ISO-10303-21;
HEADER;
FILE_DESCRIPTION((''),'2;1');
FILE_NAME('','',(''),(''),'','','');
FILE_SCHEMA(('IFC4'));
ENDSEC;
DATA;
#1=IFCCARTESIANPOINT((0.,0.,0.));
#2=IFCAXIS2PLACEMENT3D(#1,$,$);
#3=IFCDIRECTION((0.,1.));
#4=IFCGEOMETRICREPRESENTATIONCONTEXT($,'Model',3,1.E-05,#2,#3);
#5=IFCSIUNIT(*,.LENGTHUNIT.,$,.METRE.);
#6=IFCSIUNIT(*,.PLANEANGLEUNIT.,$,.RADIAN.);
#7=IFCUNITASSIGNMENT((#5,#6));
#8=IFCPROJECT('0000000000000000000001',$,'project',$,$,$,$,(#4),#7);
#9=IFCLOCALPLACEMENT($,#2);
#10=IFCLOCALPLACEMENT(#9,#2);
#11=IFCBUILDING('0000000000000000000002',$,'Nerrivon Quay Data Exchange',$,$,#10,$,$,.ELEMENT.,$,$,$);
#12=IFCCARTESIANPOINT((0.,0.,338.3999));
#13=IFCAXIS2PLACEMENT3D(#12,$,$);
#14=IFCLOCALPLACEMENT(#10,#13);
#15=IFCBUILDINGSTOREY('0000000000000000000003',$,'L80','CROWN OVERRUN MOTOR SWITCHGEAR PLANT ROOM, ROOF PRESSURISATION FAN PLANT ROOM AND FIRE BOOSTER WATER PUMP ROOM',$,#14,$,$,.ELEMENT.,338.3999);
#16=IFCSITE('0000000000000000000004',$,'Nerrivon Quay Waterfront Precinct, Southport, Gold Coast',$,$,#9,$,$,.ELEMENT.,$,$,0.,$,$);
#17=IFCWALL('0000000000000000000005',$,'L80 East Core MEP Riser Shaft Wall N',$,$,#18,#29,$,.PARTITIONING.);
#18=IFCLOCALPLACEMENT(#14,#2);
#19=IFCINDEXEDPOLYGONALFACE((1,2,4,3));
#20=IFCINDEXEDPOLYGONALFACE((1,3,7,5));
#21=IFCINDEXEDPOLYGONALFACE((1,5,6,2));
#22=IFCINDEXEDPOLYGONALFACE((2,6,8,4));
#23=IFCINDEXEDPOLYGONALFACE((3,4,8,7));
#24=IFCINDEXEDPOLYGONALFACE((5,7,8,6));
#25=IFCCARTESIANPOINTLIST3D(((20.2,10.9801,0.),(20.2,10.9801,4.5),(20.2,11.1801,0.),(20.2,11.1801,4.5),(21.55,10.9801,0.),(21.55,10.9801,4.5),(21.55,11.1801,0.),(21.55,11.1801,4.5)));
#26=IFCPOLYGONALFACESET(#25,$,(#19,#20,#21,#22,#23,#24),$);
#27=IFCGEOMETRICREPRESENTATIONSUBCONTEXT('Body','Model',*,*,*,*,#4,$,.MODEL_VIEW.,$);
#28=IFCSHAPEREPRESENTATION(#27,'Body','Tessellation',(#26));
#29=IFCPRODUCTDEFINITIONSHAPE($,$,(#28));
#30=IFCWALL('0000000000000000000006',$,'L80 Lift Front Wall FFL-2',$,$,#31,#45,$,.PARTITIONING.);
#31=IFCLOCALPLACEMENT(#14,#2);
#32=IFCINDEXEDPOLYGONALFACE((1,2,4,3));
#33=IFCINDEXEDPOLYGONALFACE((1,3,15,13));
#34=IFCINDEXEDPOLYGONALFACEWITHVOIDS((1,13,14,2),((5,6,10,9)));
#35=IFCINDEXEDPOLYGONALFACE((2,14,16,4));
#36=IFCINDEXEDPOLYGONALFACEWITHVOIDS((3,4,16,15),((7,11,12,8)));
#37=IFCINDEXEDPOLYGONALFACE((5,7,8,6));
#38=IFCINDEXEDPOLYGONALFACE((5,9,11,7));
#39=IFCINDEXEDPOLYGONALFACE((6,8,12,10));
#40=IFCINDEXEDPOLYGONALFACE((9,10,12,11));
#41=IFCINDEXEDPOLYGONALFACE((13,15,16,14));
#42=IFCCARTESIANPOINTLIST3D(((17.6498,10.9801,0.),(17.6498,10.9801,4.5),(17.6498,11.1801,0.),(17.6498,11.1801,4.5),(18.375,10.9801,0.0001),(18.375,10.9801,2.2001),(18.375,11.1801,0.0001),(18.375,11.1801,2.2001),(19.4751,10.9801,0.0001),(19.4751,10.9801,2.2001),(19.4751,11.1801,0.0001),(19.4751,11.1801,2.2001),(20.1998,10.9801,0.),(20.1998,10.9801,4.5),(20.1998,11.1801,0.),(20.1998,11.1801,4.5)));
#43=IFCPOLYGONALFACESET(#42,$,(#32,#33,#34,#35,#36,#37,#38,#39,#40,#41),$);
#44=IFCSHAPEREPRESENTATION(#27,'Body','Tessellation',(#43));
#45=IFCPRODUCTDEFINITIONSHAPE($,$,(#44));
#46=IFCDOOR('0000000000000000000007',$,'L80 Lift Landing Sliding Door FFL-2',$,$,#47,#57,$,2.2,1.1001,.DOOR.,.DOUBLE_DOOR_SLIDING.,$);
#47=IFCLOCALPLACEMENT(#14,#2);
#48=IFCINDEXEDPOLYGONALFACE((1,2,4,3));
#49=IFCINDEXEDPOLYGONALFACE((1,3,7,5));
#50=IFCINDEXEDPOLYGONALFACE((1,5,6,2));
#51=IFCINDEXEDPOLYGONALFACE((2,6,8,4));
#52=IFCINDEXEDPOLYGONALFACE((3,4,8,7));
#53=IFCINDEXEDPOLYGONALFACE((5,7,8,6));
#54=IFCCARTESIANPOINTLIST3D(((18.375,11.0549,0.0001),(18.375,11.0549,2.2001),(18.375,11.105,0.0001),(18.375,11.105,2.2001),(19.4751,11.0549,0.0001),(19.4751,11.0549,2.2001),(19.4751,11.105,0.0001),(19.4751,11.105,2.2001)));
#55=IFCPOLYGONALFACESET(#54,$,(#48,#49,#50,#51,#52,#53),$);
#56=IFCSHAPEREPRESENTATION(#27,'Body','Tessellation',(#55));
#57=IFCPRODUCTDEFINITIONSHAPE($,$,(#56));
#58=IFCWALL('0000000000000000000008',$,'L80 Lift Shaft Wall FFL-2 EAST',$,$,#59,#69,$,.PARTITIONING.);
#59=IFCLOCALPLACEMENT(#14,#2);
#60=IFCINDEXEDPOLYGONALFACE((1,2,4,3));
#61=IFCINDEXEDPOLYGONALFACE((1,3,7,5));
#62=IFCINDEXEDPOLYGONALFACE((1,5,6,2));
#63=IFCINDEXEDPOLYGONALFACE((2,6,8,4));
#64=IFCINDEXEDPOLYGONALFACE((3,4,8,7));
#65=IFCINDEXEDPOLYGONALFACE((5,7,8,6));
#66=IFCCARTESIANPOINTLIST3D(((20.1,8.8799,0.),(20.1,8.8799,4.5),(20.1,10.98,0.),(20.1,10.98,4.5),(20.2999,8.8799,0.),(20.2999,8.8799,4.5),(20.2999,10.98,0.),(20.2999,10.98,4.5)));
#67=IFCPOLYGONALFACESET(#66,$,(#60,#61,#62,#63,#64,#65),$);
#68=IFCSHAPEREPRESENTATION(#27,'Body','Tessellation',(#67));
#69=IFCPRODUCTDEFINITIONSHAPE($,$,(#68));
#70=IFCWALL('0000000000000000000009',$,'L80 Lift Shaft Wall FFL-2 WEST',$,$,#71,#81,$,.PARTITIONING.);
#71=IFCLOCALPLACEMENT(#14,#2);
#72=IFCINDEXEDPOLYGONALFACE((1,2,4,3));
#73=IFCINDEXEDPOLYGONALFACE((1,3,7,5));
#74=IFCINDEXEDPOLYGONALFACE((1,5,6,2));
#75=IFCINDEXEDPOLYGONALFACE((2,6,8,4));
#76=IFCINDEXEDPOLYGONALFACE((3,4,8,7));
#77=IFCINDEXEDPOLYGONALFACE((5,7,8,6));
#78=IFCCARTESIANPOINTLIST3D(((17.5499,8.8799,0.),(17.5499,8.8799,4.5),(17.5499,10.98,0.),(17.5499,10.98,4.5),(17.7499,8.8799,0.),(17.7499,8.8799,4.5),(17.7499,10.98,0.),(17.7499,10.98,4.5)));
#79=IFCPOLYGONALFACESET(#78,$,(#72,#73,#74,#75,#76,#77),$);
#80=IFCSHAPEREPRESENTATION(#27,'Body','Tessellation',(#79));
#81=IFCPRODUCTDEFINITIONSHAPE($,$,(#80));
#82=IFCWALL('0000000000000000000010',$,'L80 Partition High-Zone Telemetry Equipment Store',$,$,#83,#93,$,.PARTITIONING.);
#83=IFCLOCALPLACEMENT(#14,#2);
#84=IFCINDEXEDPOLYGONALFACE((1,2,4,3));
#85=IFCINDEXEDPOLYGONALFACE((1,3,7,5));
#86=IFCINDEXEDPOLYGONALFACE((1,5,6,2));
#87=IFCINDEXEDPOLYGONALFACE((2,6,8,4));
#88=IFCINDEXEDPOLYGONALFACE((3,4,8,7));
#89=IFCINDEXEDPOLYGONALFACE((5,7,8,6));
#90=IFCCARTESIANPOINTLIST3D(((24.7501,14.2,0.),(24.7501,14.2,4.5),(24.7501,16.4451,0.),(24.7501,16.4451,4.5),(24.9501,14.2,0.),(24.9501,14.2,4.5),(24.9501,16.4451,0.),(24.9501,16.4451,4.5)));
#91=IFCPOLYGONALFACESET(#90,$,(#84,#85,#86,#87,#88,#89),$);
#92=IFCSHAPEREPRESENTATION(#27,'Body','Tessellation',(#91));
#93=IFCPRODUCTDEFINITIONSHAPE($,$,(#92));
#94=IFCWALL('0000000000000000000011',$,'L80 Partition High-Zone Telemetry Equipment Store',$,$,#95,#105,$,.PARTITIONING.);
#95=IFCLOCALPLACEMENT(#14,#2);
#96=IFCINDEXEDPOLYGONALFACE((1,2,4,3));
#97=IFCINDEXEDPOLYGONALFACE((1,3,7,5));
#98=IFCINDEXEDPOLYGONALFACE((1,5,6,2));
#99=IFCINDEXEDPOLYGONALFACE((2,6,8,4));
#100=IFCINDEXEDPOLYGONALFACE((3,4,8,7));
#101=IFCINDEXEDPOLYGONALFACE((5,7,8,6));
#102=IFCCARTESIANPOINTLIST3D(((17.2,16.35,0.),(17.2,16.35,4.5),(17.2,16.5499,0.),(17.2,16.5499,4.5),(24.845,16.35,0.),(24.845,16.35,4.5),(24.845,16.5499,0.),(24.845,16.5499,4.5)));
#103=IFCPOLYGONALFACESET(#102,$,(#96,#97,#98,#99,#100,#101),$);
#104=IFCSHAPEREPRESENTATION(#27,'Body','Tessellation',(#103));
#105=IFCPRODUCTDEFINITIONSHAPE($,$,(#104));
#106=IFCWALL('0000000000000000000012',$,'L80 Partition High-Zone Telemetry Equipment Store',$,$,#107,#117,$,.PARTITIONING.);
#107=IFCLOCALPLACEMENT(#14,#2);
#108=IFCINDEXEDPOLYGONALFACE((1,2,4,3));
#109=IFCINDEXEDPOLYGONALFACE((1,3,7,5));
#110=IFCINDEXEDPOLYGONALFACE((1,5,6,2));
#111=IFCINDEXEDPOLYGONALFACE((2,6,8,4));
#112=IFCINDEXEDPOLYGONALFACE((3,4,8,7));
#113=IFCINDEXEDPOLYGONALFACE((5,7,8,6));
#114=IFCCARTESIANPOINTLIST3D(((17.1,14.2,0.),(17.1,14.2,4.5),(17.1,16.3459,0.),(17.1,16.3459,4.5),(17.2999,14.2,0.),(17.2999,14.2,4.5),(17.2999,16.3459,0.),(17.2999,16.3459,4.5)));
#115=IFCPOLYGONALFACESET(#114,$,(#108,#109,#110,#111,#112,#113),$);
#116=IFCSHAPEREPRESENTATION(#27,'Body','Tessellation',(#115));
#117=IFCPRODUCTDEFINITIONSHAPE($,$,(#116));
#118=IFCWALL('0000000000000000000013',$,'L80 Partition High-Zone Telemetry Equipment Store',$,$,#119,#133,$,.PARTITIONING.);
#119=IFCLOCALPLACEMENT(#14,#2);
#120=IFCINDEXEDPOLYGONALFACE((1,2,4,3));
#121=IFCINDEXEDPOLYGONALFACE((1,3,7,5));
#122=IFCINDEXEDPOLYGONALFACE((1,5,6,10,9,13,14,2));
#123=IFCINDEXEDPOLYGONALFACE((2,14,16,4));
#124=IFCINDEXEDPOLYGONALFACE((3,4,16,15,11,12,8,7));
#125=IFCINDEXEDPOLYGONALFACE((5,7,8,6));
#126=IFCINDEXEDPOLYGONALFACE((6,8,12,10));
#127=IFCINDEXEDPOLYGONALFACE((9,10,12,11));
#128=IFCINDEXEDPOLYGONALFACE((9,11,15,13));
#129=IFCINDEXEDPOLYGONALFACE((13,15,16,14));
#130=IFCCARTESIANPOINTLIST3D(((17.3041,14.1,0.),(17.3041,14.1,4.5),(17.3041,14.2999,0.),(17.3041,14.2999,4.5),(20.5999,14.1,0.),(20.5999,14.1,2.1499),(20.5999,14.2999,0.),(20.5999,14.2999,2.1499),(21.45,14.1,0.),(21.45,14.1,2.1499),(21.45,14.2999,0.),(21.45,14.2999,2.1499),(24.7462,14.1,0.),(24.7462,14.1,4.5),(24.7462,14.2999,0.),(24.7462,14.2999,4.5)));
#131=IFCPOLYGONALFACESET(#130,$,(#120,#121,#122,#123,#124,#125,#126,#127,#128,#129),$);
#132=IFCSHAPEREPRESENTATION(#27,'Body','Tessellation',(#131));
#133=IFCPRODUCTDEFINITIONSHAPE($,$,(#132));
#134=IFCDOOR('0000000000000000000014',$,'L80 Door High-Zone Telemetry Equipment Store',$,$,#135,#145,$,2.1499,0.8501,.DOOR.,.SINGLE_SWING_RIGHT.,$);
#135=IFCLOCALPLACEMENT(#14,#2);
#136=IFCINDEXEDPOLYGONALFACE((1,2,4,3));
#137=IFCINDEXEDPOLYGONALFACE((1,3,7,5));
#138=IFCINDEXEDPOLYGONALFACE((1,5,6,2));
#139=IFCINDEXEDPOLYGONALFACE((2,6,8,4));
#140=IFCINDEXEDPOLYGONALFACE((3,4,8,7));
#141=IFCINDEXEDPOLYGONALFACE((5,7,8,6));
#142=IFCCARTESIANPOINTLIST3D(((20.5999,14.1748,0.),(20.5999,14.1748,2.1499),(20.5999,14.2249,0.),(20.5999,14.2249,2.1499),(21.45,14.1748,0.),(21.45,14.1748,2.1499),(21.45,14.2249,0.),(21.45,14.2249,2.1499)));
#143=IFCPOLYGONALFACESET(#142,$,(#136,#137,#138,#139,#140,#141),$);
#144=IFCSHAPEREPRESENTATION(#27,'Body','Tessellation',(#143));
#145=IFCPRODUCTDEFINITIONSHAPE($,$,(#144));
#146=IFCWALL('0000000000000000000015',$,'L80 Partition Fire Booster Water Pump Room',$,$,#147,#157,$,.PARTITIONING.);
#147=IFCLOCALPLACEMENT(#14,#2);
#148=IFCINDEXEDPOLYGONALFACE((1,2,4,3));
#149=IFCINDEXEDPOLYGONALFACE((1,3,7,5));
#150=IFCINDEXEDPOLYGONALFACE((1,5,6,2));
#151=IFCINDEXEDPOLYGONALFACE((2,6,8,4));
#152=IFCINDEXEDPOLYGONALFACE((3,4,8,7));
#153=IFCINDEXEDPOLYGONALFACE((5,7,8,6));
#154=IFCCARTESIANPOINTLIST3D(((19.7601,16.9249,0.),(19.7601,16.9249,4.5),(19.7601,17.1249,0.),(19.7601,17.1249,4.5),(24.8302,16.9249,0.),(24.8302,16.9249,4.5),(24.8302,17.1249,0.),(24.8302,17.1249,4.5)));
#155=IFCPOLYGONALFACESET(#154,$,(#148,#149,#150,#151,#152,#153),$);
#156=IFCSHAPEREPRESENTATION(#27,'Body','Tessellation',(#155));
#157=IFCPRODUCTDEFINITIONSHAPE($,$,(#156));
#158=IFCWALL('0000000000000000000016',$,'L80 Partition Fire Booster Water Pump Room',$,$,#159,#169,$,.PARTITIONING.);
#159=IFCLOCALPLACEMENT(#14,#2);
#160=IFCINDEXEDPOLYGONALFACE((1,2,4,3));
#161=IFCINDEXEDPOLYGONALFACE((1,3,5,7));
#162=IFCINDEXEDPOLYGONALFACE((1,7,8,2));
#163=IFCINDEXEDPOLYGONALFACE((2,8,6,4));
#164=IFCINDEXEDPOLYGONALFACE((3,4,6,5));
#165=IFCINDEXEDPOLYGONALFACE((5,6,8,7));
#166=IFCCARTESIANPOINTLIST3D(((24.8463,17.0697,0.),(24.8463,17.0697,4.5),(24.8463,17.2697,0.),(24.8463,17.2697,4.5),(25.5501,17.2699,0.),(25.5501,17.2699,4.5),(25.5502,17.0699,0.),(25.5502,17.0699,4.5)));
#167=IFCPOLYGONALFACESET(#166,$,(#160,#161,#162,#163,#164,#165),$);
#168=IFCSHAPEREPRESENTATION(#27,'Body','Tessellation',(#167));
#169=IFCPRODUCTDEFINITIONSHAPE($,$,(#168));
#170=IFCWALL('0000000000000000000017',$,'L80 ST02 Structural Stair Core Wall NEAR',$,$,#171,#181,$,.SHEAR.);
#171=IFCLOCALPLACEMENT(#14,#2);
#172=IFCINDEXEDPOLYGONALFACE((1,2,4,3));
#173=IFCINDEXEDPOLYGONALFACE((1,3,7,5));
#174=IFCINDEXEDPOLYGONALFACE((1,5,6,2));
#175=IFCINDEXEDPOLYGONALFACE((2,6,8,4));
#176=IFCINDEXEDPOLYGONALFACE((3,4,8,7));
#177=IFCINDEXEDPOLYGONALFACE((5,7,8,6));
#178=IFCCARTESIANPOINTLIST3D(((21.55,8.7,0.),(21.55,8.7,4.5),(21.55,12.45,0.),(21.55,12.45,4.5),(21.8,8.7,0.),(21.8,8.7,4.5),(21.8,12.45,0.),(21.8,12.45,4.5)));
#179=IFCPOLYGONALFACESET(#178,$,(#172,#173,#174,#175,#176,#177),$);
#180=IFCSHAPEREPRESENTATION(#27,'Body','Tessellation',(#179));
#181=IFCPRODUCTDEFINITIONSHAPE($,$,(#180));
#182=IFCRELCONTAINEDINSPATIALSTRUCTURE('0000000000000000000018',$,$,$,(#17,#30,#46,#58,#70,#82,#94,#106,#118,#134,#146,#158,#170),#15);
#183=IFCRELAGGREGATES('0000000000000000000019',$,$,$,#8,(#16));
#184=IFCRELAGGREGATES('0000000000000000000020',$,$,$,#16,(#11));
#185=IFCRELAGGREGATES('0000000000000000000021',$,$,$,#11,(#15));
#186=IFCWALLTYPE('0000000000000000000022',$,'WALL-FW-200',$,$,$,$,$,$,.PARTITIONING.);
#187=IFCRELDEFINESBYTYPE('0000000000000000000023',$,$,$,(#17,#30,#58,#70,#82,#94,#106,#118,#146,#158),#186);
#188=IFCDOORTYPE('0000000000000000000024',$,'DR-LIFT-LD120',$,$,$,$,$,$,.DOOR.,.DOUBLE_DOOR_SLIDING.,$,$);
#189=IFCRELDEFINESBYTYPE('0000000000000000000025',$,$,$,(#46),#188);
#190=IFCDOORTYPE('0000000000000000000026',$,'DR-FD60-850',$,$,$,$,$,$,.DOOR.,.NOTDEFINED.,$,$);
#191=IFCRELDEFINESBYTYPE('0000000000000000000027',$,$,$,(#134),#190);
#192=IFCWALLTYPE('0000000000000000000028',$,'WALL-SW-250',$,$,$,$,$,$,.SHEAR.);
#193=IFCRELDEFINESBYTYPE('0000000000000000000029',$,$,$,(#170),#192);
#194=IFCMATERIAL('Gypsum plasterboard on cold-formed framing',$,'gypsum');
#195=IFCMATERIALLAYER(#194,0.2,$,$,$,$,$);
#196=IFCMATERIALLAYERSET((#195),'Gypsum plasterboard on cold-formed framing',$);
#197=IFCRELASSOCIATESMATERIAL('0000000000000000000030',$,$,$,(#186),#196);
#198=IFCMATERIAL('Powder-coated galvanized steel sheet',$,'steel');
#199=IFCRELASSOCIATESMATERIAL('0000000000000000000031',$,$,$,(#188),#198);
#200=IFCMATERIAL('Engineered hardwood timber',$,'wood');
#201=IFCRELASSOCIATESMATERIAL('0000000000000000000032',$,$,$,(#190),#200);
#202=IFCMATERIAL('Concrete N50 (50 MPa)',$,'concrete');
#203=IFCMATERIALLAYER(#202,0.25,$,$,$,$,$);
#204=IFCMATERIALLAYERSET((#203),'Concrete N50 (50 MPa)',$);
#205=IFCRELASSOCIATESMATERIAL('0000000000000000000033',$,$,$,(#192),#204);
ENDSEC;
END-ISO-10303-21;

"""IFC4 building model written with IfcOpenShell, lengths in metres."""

from ifc_helpers import new_model, si_unit, direction, frame, frame_2d, origin, place, context, subcontext, project, spatial, rectangle, extrude, material, layer, layer_set, type_object, element, fill, save


model = new_model("IFC4")

# Units and contexts
model_context = context("Model", 3, precision=1e-05, world=origin(), true_north=direction((0.0, 1.0)))
body_context = subcontext(model_context, "Body", "Model", "MODEL_VIEW")
ifc_project = project(units=[si_unit("LENGTHUNIT", "METRE"), si_unit("PLANEANGLEUNIT", "RADIAN")], contexts=[model_context])

# Site, building, storey
site_placement = place(None, origin())
site = spatial("IfcSite", under=ifc_project, at=site_placement, Name="Nerrivon Quay Waterfront Precinct, Southport, Gold Coast", CompositionType="ELEMENT", RefElevation=0.0)
building_placement = place(site_placement, origin())
building = spatial("IfcBuilding", under=site, at=building_placement, Name="Nerrivon Quay Data Exchange", CompositionType="ELEMENT")
storey_placement = place(building_placement, frame((0.0, 0.0, 338.3999)))
storey = spatial("IfcBuildingStorey", under=building, at=storey_placement, Name="L80", Description="CROWN OVERRUN MOTOR SWITCHGEAR PLANT ROOM, ROOF PRESSURISATION FAN PLANT ROOM AND FIRE BOOSTER WATER PUMP ROOM", CompositionType="ELEMENT", Elevation=338.3999)

# Wall
ifc_material_1 = material(Name="Gypsum plasterboard on cold-formed framing", Category="gypsum")
ifc_layer_1 = layer(ifc_material_1, 0.2)
ifc_layer_set_1 = layer_set([ifc_layer_1], Name="Gypsum plasterboard on cold-formed framing")
wall_type_1 = type_object("IfcWallType", Name="WALL-FW-200", PredefinedType="PARTITIONING", material=ifc_layer_set_1)
wall_1_placement = place(storey_placement, frame((20.2, 11.0801, 0.0), z_axis=(0.0, 0.0, 1.0), x_axis=(1.0, 0.0, 0.0)))
element("IfcWall", 1, at=wall_1_placement, inside=storey, type_object=wall_type_1, Name="L80 East Core MEP Riser Shaft Wall N", PredefinedType="PARTITIONING", context=body_context, shape_type="SweptSolid", body=[
    extrude(rectangle(XDim=1.3501, YDim=0.2, at=frame_2d((0.675, 0.0))), origin(), (0.0, 0.0, 1.0), 4.5),
])

# Wall, opening, door
wall_2_placement = place(storey_placement, frame((17.6499, 11.0801, 0.0), z_axis=(0.0, 0.0, 1.0), x_axis=(1.0, 0.0, 0.0)))
wall_2 = element("IfcWall", 2, at=wall_2_placement, inside=storey, type_object=wall_type_1, Name="L80 Lift Front Wall FFL-2", PredefinedType="PARTITIONING", context=body_context, shape_type="SweptSolid", body=[
    extrude(rectangle(XDim=2.55, YDim=0.2, at=frame_2d((1.2749, 0.0))), origin(), (0.0, 0.0, 1.0), 4.5),
])
opening_1_placement = place(wall_2_placement, frame((0.7251, 0.0, 0.0)))
opening_1 = element("IfcOpeningElement", 3, at=opening_1_placement, cuts=wall_2, PredefinedType="OPENING", context=body_context, shape_type="SweptSolid", body=[
    extrude(rectangle(XDim=1.1001, YDim=2.2, at=frame_2d((0.55, 1.1001))), frame((0.0, 0.1099, 0.0), z_axis=(0.0, -1.0, 0.0), x_axis=(1.0, 0.0, 0.0)), (0.0, 0.0, 1.0), 0.22),
])
ifc_material_2 = material(Name="Powder-coated galvanized steel sheet", Category="steel")
door_type_1 = type_object("IfcDoorType", Name="DR-LIFT-LD120", OperationType="DOUBLE_DOOR_SLIDING", PredefinedType="DOOR", material=ifc_material_2)
door_1_placement = place(opening_1_placement, origin())
door_1 = element("IfcDoor", 4, at=door_1_placement, inside=storey, type_object=door_type_1, Name="L80 Lift Landing Sliding Door FFL-2", OperationType="DOUBLE_DOOR_SLIDING", OverallHeight=2.2, OverallWidth=1.1001, PredefinedType="DOOR", context=body_context, shape_type="SweptSolid", body=[
    extrude(rectangle(XDim=1.1001, YDim=2.2, at=frame_2d((0.55, 1.1001))), frame((0.0, 0.0249, 0.0), z_axis=(0.0, -1.0, 0.0), x_axis=(1.0, 0.0, 0.0)), (0.0, 0.0, 1.0), 0.05),
])
fill(opening_1, door_1)

# Walls
for number, where, z_axis, x_axis, name in (
    (5, (20.2, 8.8799, 0.0), (0.0, 0.0, 1.0), (0.0, 1.0, 0.0), "L80 Lift Shaft Wall FFL-2 EAST"),
    (6, (17.6499, 8.8799, 0.0), (0.0, 0.0, 1.0), (0.0, 1.0, 0.0), "L80 Lift Shaft Wall FFL-2 WEST"),
):
    element("IfcWall", number, at=place(storey_placement, frame(where, z_axis=z_axis, x_axis=x_axis)), inside=storey, type_object=wall_type_1, Name=name, PredefinedType="PARTITIONING", context=body_context, shape_type="SweptSolid", body=[
        extrude(rectangle(XDim=2.1001, YDim=0.2, at=frame_2d((1.05, 0.0))), origin(), (0.0, 0.0, 1.0), 4.5),
    ])
wall_3_placement = place(storey_placement, frame((24.8501, 14.2, 0.0), z_axis=(0.0, 0.0, 1.0), x_axis=(0.0, 1.0, 0.0)))
element("IfcWall", 7, at=wall_3_placement, inside=storey, type_object=wall_type_1, Name="L80 Partition High-Zone Telemetry Equipment Store", PredefinedType="PARTITIONING", context=body_context, shape_type="SweptSolid", body=[
    extrude(rectangle(XDim=2.2451, YDim=0.2, at=frame_2d((1.1226, 0.0))), origin(), (0.0, 0.0, 1.0), 4.5),
])
wall_4_placement = place(storey_placement, frame((24.845, 16.45, 0.0), z_axis=(0.0, 0.0, 1.0), x_axis=(-1.0, 0.0, 0.0)))
element("IfcWall", 8, at=wall_4_placement, inside=storey, type_object=wall_type_1, Name="L80 Partition High-Zone Telemetry Equipment Store", PredefinedType="PARTITIONING", context=body_context, shape_type="SweptSolid", body=[
    extrude(rectangle(XDim=7.645, YDim=0.2, at=frame_2d((3.8225, 0.0))), origin(), (0.0, 0.0, 1.0), 4.5),
])
wall_5_placement = place(storey_placement, frame((17.2, 16.3459, 0.0), z_axis=(0.0, 0.0, 1.0), x_axis=(0.0, -1.0, 0.0)))
element("IfcWall", 9, at=wall_5_placement, inside=storey, type_object=wall_type_1, Name="L80 Partition High-Zone Telemetry Equipment Store", PredefinedType="PARTITIONING", context=body_context, shape_type="SweptSolid", body=[
    extrude(rectangle(XDim=2.146, YDim=0.2, at=frame_2d((1.073, 0.0))), origin(), (0.0, 0.0, 1.0), 4.5),
])

# Wall, opening, door
wall_6_placement = place(storey_placement, frame((17.304, 14.2, 0.0), z_axis=(0.0, 0.0, 1.0), x_axis=(1.0, 0.0, 0.0)))
wall_6 = element("IfcWall", 10, at=wall_6_placement, inside=storey, type_object=wall_type_1, Name="L80 Partition High-Zone Telemetry Equipment Store", PredefinedType="PARTITIONING", context=body_context, shape_type="SweptSolid", body=[
    extrude(rectangle(XDim=7.4421, YDim=0.2, at=frame_2d((3.7212, 0.0))), origin(), (0.0, 0.0, 1.0), 4.5),
])
opening_2_placement = place(wall_6_placement, frame((3.2959, 0.0, 0.0)))
opening_2 = element("IfcOpeningElement", 11, at=opening_2_placement, cuts=wall_6, PredefinedType="OPENING", context=body_context, shape_type="SweptSolid", body=[
    extrude(rectangle(XDim=0.8501, YDim=2.1499, at=frame_2d((0.425, 1.075))), frame((0.0, 0.1099, 0.0), z_axis=(0.0, -1.0, 0.0), x_axis=(1.0, 0.0, 0.0)), (0.0, 0.0, 1.0), 0.22),
])
ifc_material_3 = material(Name="Engineered hardwood timber", Category="wood")
door_type_2 = type_object("IfcDoorType", Name="DR-FD60-850", OperationType="NOTDEFINED", PredefinedType="DOOR", material=ifc_material_3)
door_2_placement = place(opening_2_placement, origin())
door_2 = element("IfcDoor", 12, at=door_2_placement, inside=storey, type_object=door_type_2, Name="L80 Door High-Zone Telemetry Equipment Store", OperationType="SINGLE_SWING_RIGHT", OverallHeight=2.1499, OverallWidth=0.8501, PredefinedType="DOOR", context=body_context, shape_type="SweptSolid", body=[
    extrude(rectangle(XDim=0.8501, YDim=2.1499, at=frame_2d((0.425, 1.075))), frame((0.0, 0.0249, 0.0), z_axis=(0.0, -1.0, 0.0), x_axis=(1.0, 0.0, 0.0)), (0.0, 0.0, 1.0), 0.05),
])
fill(opening_2, door_2)

# Walls
wall_7_placement = place(storey_placement, frame((19.76, 17.0249, 0.0), z_axis=(0.0, 0.0, 1.0), x_axis=(1.0, 0.0, 0.0)))
element("IfcWall", 13, at=wall_7_placement, inside=storey, type_object=wall_type_1, Name="L80 Partition Fire Booster Water Pump Room", PredefinedType="PARTITIONING", context=body_context, shape_type="SweptSolid", body=[
    extrude(rectangle(XDim=5.0701, YDim=0.2, at=frame_2d((2.5352, 0.0))), origin(), (0.0, 0.0, 1.0), 4.5),
])
wall_8_placement = place(storey_placement, frame((24.8462, 17.1697, 0.0), z_axis=(0.0, 0.0, 1.0), x_axis=(1.0, 0.000347, 0.0)))
element("IfcWall", 14, at=wall_8_placement, inside=storey, type_object=wall_type_1, Name="L80 Partition Fire Booster Water Pump Room", PredefinedType="PARTITIONING", context=body_context, shape_type="SweptSolid", body=[
    extrude(rectangle(XDim=0.7039, YDim=0.2, at=frame_2d((0.3521, 0.0))), origin(), (0.0, 0.0, 1.0), 4.5),
])
ifc_material_4 = material(Name="Concrete N50 (50 MPa)", Category="concrete")
ifc_layer_2 = layer(ifc_material_4, 0.25)
ifc_layer_set_2 = layer_set([ifc_layer_2], Name="Concrete N50 (50 MPa)")
wall_type_2 = type_object("IfcWallType", Name="WALL-SW-250", PredefinedType="SHEAR", material=ifc_layer_set_2)
wall_9_placement = place(storey_placement, frame((21.675, 8.7, 0.0), z_axis=(0.0, 0.0, 1.0), x_axis=(0.0, 1.0, 0.0)))
element("IfcWall", 15, at=wall_9_placement, inside=storey, type_object=wall_type_2, Name="L80 ST02 Structural Stair Core Wall NEAR", PredefinedType="SHEAR", context=body_context, shape_type="SweptSolid", body=[
    extrude(rectangle(XDim=3.75, YDim=0.25, at=frame_2d((1.875, 0.0))), origin(), (0.0, 0.0, 1.0), 4.5),
])

save(model, "model.ifc")
